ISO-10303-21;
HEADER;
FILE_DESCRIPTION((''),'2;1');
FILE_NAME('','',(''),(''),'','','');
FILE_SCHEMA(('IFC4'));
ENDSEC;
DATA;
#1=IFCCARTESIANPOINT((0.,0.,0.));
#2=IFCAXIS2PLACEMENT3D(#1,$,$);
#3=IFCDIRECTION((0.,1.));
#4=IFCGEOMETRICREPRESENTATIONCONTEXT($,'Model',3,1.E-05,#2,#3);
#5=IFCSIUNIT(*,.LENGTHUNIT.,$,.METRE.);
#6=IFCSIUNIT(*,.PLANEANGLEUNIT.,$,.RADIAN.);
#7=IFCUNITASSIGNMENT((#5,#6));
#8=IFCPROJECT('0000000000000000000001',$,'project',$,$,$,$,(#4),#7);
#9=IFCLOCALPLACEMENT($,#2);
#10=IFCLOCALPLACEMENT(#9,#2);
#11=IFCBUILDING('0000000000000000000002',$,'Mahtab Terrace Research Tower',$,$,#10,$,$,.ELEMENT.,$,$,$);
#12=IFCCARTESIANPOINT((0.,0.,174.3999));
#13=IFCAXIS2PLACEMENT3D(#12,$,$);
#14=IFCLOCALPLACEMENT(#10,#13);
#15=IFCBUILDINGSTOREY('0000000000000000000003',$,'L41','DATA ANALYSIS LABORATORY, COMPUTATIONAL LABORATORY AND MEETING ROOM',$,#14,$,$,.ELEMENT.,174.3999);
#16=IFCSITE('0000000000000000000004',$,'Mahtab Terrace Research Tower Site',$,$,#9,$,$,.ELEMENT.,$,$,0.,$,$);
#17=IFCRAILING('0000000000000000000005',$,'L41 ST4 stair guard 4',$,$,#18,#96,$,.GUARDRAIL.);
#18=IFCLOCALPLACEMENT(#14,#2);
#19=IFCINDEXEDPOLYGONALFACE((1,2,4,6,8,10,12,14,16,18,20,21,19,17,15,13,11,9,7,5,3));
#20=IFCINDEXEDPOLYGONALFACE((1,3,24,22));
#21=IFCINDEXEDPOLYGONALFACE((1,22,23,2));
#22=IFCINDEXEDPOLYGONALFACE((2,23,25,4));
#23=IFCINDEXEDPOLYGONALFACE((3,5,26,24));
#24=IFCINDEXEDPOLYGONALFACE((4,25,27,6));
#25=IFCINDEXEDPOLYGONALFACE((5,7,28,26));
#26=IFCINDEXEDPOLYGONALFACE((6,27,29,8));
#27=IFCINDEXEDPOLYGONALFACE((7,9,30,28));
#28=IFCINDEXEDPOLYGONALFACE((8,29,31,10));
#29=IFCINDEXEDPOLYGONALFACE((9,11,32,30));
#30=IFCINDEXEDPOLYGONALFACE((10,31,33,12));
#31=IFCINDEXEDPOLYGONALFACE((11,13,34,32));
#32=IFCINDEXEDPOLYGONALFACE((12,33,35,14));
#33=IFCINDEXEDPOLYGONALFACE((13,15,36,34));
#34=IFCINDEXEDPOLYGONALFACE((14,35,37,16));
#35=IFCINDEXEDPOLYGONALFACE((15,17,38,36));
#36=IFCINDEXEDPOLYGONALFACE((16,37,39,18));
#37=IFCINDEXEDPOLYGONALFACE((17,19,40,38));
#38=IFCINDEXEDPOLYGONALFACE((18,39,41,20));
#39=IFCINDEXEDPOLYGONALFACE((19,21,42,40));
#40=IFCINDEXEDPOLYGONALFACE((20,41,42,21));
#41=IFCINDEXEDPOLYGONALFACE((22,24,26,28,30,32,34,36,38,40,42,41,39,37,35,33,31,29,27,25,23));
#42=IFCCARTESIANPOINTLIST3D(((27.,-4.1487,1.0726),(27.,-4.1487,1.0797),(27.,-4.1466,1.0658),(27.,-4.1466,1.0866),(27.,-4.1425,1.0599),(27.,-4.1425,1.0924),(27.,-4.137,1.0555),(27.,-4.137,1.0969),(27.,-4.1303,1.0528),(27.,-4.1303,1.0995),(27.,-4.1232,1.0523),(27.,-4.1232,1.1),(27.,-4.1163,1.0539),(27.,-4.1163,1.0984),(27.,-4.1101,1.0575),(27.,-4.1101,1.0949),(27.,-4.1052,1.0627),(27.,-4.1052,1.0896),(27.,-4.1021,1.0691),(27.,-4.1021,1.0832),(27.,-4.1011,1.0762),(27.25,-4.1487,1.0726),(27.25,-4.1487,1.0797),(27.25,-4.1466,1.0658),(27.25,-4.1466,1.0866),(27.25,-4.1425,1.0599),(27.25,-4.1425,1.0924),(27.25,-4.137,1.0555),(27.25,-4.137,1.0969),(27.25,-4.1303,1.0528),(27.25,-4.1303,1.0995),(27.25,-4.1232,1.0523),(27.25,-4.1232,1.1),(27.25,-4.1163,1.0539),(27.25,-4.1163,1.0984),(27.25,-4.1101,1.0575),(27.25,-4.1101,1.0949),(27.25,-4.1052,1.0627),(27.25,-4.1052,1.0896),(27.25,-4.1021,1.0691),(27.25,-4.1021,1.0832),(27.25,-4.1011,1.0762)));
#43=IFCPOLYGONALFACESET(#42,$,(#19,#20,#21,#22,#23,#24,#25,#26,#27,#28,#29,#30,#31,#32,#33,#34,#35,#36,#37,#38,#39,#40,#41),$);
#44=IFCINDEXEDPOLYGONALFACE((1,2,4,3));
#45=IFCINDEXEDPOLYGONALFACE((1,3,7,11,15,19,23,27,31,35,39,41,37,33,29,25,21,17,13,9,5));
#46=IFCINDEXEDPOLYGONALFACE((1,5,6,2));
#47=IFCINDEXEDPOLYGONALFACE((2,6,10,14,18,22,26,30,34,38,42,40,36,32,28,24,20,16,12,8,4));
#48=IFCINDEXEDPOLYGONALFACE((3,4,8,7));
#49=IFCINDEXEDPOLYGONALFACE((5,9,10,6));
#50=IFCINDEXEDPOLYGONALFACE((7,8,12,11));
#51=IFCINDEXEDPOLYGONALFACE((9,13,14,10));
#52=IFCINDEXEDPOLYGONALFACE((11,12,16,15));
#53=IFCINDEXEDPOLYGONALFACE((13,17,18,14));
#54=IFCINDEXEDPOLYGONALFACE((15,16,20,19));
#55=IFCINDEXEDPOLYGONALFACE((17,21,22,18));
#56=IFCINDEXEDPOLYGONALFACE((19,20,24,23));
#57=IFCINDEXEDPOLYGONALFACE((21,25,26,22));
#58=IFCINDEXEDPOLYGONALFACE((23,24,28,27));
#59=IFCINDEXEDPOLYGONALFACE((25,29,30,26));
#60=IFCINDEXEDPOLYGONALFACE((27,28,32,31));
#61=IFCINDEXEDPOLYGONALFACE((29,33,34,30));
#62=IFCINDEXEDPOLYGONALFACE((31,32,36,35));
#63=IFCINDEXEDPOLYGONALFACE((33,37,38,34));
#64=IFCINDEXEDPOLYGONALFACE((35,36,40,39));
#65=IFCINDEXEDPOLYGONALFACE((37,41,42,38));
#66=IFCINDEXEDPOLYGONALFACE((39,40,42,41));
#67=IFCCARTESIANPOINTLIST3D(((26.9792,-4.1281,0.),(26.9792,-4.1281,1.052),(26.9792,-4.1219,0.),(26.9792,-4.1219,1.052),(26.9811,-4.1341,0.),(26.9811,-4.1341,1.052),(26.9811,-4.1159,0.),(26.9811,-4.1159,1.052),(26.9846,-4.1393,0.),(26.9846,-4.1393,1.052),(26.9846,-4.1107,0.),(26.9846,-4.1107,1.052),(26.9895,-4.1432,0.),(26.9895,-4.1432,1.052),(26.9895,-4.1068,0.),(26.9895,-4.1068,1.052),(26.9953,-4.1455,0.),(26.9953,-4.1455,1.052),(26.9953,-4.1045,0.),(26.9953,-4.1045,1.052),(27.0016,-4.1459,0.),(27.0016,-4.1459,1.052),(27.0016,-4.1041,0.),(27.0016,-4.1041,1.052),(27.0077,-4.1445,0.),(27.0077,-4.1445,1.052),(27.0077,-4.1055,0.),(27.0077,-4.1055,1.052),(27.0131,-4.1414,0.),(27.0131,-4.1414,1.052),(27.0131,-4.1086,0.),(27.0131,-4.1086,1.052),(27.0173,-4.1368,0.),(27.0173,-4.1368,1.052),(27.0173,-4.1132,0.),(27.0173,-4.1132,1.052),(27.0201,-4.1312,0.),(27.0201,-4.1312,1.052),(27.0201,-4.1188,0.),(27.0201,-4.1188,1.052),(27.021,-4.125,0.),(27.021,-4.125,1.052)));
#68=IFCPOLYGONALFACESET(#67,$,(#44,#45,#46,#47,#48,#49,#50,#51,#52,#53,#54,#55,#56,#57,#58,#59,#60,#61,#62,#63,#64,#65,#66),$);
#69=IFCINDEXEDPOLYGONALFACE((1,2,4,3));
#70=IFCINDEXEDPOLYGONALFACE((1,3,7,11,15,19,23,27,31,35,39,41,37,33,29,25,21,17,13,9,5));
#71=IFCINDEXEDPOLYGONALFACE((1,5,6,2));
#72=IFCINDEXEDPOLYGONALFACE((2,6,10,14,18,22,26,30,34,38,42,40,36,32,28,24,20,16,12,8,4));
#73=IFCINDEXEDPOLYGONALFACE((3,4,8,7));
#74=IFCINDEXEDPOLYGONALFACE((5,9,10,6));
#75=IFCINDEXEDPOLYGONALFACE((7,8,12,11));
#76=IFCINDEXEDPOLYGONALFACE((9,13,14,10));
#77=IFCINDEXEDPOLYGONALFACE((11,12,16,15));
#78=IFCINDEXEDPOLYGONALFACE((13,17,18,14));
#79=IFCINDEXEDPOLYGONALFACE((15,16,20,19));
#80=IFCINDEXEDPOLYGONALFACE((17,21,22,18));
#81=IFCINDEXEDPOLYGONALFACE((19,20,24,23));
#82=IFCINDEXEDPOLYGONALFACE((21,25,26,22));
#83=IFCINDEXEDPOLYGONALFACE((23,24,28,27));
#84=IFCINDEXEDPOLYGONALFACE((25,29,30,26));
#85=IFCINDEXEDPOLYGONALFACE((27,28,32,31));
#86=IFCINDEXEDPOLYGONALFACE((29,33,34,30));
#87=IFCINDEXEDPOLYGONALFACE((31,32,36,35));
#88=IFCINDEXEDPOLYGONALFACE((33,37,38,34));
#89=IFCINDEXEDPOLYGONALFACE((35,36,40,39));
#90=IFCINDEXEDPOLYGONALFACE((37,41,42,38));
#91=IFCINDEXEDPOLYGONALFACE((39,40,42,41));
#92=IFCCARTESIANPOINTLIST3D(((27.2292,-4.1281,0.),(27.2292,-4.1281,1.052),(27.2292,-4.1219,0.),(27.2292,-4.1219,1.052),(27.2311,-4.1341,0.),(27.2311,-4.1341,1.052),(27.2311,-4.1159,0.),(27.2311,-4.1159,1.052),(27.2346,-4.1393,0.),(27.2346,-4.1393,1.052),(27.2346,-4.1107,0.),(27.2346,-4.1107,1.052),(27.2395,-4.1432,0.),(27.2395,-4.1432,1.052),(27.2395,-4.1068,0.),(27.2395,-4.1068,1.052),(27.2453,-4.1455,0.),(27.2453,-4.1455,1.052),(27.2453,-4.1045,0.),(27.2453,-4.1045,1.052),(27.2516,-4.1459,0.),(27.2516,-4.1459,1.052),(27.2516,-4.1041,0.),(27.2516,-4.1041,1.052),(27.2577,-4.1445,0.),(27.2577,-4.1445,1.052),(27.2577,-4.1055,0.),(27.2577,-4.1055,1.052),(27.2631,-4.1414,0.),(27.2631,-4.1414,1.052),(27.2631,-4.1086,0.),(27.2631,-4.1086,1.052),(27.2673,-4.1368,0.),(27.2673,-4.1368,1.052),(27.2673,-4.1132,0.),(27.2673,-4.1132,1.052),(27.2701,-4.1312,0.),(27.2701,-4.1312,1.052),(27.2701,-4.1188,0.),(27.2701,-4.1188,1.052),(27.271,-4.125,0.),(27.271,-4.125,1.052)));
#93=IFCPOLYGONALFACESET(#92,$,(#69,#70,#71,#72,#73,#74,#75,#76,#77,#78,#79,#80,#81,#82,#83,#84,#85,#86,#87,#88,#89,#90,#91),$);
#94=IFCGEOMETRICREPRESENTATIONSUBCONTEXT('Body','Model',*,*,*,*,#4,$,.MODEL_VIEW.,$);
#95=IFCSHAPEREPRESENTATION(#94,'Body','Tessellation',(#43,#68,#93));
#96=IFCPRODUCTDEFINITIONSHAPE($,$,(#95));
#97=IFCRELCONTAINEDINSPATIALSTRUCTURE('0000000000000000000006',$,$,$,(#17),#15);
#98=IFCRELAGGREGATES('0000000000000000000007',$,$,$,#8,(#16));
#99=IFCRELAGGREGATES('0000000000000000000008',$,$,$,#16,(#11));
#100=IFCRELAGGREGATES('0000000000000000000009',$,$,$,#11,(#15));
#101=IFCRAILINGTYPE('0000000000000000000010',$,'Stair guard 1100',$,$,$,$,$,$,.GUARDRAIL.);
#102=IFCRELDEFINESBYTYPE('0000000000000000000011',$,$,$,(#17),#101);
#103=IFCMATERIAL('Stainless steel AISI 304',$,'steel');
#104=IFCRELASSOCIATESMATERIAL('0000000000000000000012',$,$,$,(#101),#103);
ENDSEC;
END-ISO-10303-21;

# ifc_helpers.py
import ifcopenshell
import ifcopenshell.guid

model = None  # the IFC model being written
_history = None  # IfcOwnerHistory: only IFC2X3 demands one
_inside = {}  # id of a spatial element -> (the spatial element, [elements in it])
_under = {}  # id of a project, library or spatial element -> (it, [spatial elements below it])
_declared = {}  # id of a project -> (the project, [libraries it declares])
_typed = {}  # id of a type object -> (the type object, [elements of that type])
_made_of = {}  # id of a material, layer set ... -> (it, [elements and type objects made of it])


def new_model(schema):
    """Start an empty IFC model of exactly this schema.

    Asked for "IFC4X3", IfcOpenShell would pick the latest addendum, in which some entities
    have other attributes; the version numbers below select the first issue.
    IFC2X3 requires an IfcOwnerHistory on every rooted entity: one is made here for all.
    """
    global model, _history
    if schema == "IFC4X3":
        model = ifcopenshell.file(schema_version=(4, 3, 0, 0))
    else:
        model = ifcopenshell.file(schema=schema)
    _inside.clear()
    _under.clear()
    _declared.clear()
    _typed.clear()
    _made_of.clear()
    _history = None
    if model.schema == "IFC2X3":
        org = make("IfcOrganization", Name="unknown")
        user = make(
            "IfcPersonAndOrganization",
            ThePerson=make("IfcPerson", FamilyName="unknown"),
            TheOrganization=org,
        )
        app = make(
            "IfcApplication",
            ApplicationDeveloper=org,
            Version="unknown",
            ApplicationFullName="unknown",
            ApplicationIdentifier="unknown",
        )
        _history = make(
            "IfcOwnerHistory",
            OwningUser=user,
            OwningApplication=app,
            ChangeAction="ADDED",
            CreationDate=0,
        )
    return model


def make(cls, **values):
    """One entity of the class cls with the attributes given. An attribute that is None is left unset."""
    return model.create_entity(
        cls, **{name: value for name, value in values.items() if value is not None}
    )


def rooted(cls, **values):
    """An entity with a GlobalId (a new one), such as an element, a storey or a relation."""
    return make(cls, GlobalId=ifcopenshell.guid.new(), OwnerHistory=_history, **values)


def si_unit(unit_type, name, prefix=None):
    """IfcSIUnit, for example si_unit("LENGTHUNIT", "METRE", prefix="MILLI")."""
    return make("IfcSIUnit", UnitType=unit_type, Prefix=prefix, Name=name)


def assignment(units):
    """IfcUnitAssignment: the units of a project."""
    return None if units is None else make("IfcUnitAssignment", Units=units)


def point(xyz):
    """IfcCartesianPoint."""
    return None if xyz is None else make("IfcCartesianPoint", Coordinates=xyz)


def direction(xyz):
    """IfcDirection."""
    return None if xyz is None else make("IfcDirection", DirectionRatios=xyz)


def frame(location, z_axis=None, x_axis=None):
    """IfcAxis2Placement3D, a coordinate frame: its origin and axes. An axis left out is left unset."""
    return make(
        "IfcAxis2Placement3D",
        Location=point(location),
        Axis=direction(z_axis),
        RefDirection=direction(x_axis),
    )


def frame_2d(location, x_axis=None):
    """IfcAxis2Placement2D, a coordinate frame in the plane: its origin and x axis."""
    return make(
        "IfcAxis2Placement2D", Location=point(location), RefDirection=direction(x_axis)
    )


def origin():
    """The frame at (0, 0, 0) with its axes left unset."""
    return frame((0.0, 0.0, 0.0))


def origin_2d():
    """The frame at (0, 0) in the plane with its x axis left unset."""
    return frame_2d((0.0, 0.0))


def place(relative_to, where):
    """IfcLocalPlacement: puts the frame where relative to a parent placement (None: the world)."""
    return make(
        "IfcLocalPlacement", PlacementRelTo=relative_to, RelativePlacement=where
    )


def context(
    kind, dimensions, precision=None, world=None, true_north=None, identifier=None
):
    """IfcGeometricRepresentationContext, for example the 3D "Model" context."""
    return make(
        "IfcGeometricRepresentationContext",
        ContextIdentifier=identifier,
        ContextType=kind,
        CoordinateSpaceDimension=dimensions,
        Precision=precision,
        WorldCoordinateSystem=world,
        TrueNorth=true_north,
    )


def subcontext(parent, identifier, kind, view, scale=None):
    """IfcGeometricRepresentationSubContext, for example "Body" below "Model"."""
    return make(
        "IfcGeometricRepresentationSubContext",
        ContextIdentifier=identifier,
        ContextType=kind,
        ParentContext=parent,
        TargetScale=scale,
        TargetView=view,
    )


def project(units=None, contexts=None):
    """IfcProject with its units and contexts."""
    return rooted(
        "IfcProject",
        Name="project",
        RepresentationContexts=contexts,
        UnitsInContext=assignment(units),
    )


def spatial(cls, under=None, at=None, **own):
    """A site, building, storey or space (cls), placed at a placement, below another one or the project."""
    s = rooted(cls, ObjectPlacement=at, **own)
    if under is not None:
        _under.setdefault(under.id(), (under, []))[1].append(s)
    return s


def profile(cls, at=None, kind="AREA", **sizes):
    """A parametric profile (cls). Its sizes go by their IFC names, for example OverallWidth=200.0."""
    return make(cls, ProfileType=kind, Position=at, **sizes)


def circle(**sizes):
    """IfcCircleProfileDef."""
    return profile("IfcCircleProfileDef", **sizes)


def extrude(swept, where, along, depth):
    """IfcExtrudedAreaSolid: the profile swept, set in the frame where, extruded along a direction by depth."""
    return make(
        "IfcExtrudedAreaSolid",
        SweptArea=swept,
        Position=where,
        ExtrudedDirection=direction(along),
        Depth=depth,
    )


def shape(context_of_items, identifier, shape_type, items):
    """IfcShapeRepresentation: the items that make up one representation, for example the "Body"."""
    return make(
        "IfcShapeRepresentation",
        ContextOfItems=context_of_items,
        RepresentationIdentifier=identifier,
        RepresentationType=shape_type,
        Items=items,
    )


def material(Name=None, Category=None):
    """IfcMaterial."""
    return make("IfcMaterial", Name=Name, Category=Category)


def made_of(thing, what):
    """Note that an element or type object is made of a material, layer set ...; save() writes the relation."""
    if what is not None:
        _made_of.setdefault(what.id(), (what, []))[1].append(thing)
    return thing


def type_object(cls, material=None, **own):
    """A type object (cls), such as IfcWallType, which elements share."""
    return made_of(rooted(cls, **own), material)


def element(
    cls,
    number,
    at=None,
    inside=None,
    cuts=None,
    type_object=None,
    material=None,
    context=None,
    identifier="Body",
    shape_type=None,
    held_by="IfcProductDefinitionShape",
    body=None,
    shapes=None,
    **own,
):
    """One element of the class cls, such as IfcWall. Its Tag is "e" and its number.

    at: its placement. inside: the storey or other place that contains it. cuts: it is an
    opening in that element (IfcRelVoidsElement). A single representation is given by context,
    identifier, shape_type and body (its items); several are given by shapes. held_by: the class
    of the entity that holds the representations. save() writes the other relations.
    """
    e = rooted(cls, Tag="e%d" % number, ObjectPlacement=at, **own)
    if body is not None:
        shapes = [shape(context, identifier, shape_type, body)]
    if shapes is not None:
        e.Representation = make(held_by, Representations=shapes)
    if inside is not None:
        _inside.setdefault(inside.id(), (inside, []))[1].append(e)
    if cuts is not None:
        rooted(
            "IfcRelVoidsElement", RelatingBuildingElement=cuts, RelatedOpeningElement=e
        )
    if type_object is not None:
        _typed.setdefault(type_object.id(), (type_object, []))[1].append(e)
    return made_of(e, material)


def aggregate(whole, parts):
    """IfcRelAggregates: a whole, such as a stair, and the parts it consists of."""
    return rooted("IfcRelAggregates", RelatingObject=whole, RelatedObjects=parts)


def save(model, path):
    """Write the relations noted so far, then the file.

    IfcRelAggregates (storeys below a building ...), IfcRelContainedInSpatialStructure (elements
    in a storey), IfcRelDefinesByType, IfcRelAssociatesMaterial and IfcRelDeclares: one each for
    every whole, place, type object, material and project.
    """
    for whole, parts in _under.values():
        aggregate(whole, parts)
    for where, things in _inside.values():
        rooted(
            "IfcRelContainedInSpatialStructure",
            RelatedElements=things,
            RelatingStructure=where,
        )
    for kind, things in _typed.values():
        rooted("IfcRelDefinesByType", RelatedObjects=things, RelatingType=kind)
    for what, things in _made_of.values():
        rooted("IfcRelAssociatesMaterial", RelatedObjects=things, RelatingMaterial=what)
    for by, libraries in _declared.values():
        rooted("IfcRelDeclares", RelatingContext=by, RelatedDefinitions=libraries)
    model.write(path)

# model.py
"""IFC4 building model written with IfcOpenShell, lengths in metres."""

from ifc_helpers import new_model, si_unit, direction, frame, origin, origin_2d, place, context, subcontext, project, spatial, circle, extrude, material, type_object, element, save


model = new_model("IFC4")

# Units and contexts
model_context = context("Model", 3, precision=1e-05, world=origin(), true_north=direction((0.0, 1.0)))
body_context = subcontext(model_context, "Body", "Model", "MODEL_VIEW")
ifc_project = project(units=[si_unit("LENGTHUNIT", "METRE"), si_unit("PLANEANGLEUNIT", "RADIAN")], contexts=[model_context])

# Site, building, storey
site_placement = place(None, origin())
site = spatial("IfcSite", under=ifc_project, at=site_placement, Name="Mahtab Terrace Research Tower Site", CompositionType="ELEMENT", RefElevation=0.0)
building_placement = place(site_placement, origin())
building = spatial("IfcBuilding", under=site, at=building_placement, Name="Mahtab Terrace Research Tower", CompositionType="ELEMENT")
storey_placement = place(building_placement, frame((0.0, 0.0, 174.3999)))
storey = spatial("IfcBuildingStorey", under=building, at=storey_placement, Name="L41", Description="DATA ANALYSIS LABORATORY, COMPUTATIONAL LABORATORY AND MEETING ROOM", CompositionType="ELEMENT", Elevation=174.3999)

# Railing
ifc_material_1 = material(Name="Stainless steel AISI 304", Category="steel")
railing_type_1 = type_object("IfcRailingType", Name="Stair guard 1100", PredefinedType="GUARDRAIL", material=ifc_material_1)
railing_1_placement = place(storey_placement, frame((27.0, -4.125, 0.0)))
element("IfcRailing", 1, at=railing_1_placement, inside=storey, type_object=railing_type_1, Name="L41 ST4 stair guard 4", PredefinedType="GUARDRAIL", context=body_context, shape_type="SweptSolid", body=[
    extrude(circle(Radius=0.0239, at=origin_2d()), frame((0.0, 0.0, 1.0762), z_axis=(1.0, 0.0, 0.0), x_axis=(0.0, 1.0, 0.0)), (0.0, 0.0, 1.0), 0.25),
    extrude(circle(Radius=0.021, at=origin_2d()), origin(), (0.0, 0.0, 1.0), 1.052),
    extrude(circle(Radius=0.021, at=origin_2d()), frame((0.25, 0.0, 0.0)), (0.0, 0.0, 1.0), 1.052),
])

save(model, "model.ifc")
